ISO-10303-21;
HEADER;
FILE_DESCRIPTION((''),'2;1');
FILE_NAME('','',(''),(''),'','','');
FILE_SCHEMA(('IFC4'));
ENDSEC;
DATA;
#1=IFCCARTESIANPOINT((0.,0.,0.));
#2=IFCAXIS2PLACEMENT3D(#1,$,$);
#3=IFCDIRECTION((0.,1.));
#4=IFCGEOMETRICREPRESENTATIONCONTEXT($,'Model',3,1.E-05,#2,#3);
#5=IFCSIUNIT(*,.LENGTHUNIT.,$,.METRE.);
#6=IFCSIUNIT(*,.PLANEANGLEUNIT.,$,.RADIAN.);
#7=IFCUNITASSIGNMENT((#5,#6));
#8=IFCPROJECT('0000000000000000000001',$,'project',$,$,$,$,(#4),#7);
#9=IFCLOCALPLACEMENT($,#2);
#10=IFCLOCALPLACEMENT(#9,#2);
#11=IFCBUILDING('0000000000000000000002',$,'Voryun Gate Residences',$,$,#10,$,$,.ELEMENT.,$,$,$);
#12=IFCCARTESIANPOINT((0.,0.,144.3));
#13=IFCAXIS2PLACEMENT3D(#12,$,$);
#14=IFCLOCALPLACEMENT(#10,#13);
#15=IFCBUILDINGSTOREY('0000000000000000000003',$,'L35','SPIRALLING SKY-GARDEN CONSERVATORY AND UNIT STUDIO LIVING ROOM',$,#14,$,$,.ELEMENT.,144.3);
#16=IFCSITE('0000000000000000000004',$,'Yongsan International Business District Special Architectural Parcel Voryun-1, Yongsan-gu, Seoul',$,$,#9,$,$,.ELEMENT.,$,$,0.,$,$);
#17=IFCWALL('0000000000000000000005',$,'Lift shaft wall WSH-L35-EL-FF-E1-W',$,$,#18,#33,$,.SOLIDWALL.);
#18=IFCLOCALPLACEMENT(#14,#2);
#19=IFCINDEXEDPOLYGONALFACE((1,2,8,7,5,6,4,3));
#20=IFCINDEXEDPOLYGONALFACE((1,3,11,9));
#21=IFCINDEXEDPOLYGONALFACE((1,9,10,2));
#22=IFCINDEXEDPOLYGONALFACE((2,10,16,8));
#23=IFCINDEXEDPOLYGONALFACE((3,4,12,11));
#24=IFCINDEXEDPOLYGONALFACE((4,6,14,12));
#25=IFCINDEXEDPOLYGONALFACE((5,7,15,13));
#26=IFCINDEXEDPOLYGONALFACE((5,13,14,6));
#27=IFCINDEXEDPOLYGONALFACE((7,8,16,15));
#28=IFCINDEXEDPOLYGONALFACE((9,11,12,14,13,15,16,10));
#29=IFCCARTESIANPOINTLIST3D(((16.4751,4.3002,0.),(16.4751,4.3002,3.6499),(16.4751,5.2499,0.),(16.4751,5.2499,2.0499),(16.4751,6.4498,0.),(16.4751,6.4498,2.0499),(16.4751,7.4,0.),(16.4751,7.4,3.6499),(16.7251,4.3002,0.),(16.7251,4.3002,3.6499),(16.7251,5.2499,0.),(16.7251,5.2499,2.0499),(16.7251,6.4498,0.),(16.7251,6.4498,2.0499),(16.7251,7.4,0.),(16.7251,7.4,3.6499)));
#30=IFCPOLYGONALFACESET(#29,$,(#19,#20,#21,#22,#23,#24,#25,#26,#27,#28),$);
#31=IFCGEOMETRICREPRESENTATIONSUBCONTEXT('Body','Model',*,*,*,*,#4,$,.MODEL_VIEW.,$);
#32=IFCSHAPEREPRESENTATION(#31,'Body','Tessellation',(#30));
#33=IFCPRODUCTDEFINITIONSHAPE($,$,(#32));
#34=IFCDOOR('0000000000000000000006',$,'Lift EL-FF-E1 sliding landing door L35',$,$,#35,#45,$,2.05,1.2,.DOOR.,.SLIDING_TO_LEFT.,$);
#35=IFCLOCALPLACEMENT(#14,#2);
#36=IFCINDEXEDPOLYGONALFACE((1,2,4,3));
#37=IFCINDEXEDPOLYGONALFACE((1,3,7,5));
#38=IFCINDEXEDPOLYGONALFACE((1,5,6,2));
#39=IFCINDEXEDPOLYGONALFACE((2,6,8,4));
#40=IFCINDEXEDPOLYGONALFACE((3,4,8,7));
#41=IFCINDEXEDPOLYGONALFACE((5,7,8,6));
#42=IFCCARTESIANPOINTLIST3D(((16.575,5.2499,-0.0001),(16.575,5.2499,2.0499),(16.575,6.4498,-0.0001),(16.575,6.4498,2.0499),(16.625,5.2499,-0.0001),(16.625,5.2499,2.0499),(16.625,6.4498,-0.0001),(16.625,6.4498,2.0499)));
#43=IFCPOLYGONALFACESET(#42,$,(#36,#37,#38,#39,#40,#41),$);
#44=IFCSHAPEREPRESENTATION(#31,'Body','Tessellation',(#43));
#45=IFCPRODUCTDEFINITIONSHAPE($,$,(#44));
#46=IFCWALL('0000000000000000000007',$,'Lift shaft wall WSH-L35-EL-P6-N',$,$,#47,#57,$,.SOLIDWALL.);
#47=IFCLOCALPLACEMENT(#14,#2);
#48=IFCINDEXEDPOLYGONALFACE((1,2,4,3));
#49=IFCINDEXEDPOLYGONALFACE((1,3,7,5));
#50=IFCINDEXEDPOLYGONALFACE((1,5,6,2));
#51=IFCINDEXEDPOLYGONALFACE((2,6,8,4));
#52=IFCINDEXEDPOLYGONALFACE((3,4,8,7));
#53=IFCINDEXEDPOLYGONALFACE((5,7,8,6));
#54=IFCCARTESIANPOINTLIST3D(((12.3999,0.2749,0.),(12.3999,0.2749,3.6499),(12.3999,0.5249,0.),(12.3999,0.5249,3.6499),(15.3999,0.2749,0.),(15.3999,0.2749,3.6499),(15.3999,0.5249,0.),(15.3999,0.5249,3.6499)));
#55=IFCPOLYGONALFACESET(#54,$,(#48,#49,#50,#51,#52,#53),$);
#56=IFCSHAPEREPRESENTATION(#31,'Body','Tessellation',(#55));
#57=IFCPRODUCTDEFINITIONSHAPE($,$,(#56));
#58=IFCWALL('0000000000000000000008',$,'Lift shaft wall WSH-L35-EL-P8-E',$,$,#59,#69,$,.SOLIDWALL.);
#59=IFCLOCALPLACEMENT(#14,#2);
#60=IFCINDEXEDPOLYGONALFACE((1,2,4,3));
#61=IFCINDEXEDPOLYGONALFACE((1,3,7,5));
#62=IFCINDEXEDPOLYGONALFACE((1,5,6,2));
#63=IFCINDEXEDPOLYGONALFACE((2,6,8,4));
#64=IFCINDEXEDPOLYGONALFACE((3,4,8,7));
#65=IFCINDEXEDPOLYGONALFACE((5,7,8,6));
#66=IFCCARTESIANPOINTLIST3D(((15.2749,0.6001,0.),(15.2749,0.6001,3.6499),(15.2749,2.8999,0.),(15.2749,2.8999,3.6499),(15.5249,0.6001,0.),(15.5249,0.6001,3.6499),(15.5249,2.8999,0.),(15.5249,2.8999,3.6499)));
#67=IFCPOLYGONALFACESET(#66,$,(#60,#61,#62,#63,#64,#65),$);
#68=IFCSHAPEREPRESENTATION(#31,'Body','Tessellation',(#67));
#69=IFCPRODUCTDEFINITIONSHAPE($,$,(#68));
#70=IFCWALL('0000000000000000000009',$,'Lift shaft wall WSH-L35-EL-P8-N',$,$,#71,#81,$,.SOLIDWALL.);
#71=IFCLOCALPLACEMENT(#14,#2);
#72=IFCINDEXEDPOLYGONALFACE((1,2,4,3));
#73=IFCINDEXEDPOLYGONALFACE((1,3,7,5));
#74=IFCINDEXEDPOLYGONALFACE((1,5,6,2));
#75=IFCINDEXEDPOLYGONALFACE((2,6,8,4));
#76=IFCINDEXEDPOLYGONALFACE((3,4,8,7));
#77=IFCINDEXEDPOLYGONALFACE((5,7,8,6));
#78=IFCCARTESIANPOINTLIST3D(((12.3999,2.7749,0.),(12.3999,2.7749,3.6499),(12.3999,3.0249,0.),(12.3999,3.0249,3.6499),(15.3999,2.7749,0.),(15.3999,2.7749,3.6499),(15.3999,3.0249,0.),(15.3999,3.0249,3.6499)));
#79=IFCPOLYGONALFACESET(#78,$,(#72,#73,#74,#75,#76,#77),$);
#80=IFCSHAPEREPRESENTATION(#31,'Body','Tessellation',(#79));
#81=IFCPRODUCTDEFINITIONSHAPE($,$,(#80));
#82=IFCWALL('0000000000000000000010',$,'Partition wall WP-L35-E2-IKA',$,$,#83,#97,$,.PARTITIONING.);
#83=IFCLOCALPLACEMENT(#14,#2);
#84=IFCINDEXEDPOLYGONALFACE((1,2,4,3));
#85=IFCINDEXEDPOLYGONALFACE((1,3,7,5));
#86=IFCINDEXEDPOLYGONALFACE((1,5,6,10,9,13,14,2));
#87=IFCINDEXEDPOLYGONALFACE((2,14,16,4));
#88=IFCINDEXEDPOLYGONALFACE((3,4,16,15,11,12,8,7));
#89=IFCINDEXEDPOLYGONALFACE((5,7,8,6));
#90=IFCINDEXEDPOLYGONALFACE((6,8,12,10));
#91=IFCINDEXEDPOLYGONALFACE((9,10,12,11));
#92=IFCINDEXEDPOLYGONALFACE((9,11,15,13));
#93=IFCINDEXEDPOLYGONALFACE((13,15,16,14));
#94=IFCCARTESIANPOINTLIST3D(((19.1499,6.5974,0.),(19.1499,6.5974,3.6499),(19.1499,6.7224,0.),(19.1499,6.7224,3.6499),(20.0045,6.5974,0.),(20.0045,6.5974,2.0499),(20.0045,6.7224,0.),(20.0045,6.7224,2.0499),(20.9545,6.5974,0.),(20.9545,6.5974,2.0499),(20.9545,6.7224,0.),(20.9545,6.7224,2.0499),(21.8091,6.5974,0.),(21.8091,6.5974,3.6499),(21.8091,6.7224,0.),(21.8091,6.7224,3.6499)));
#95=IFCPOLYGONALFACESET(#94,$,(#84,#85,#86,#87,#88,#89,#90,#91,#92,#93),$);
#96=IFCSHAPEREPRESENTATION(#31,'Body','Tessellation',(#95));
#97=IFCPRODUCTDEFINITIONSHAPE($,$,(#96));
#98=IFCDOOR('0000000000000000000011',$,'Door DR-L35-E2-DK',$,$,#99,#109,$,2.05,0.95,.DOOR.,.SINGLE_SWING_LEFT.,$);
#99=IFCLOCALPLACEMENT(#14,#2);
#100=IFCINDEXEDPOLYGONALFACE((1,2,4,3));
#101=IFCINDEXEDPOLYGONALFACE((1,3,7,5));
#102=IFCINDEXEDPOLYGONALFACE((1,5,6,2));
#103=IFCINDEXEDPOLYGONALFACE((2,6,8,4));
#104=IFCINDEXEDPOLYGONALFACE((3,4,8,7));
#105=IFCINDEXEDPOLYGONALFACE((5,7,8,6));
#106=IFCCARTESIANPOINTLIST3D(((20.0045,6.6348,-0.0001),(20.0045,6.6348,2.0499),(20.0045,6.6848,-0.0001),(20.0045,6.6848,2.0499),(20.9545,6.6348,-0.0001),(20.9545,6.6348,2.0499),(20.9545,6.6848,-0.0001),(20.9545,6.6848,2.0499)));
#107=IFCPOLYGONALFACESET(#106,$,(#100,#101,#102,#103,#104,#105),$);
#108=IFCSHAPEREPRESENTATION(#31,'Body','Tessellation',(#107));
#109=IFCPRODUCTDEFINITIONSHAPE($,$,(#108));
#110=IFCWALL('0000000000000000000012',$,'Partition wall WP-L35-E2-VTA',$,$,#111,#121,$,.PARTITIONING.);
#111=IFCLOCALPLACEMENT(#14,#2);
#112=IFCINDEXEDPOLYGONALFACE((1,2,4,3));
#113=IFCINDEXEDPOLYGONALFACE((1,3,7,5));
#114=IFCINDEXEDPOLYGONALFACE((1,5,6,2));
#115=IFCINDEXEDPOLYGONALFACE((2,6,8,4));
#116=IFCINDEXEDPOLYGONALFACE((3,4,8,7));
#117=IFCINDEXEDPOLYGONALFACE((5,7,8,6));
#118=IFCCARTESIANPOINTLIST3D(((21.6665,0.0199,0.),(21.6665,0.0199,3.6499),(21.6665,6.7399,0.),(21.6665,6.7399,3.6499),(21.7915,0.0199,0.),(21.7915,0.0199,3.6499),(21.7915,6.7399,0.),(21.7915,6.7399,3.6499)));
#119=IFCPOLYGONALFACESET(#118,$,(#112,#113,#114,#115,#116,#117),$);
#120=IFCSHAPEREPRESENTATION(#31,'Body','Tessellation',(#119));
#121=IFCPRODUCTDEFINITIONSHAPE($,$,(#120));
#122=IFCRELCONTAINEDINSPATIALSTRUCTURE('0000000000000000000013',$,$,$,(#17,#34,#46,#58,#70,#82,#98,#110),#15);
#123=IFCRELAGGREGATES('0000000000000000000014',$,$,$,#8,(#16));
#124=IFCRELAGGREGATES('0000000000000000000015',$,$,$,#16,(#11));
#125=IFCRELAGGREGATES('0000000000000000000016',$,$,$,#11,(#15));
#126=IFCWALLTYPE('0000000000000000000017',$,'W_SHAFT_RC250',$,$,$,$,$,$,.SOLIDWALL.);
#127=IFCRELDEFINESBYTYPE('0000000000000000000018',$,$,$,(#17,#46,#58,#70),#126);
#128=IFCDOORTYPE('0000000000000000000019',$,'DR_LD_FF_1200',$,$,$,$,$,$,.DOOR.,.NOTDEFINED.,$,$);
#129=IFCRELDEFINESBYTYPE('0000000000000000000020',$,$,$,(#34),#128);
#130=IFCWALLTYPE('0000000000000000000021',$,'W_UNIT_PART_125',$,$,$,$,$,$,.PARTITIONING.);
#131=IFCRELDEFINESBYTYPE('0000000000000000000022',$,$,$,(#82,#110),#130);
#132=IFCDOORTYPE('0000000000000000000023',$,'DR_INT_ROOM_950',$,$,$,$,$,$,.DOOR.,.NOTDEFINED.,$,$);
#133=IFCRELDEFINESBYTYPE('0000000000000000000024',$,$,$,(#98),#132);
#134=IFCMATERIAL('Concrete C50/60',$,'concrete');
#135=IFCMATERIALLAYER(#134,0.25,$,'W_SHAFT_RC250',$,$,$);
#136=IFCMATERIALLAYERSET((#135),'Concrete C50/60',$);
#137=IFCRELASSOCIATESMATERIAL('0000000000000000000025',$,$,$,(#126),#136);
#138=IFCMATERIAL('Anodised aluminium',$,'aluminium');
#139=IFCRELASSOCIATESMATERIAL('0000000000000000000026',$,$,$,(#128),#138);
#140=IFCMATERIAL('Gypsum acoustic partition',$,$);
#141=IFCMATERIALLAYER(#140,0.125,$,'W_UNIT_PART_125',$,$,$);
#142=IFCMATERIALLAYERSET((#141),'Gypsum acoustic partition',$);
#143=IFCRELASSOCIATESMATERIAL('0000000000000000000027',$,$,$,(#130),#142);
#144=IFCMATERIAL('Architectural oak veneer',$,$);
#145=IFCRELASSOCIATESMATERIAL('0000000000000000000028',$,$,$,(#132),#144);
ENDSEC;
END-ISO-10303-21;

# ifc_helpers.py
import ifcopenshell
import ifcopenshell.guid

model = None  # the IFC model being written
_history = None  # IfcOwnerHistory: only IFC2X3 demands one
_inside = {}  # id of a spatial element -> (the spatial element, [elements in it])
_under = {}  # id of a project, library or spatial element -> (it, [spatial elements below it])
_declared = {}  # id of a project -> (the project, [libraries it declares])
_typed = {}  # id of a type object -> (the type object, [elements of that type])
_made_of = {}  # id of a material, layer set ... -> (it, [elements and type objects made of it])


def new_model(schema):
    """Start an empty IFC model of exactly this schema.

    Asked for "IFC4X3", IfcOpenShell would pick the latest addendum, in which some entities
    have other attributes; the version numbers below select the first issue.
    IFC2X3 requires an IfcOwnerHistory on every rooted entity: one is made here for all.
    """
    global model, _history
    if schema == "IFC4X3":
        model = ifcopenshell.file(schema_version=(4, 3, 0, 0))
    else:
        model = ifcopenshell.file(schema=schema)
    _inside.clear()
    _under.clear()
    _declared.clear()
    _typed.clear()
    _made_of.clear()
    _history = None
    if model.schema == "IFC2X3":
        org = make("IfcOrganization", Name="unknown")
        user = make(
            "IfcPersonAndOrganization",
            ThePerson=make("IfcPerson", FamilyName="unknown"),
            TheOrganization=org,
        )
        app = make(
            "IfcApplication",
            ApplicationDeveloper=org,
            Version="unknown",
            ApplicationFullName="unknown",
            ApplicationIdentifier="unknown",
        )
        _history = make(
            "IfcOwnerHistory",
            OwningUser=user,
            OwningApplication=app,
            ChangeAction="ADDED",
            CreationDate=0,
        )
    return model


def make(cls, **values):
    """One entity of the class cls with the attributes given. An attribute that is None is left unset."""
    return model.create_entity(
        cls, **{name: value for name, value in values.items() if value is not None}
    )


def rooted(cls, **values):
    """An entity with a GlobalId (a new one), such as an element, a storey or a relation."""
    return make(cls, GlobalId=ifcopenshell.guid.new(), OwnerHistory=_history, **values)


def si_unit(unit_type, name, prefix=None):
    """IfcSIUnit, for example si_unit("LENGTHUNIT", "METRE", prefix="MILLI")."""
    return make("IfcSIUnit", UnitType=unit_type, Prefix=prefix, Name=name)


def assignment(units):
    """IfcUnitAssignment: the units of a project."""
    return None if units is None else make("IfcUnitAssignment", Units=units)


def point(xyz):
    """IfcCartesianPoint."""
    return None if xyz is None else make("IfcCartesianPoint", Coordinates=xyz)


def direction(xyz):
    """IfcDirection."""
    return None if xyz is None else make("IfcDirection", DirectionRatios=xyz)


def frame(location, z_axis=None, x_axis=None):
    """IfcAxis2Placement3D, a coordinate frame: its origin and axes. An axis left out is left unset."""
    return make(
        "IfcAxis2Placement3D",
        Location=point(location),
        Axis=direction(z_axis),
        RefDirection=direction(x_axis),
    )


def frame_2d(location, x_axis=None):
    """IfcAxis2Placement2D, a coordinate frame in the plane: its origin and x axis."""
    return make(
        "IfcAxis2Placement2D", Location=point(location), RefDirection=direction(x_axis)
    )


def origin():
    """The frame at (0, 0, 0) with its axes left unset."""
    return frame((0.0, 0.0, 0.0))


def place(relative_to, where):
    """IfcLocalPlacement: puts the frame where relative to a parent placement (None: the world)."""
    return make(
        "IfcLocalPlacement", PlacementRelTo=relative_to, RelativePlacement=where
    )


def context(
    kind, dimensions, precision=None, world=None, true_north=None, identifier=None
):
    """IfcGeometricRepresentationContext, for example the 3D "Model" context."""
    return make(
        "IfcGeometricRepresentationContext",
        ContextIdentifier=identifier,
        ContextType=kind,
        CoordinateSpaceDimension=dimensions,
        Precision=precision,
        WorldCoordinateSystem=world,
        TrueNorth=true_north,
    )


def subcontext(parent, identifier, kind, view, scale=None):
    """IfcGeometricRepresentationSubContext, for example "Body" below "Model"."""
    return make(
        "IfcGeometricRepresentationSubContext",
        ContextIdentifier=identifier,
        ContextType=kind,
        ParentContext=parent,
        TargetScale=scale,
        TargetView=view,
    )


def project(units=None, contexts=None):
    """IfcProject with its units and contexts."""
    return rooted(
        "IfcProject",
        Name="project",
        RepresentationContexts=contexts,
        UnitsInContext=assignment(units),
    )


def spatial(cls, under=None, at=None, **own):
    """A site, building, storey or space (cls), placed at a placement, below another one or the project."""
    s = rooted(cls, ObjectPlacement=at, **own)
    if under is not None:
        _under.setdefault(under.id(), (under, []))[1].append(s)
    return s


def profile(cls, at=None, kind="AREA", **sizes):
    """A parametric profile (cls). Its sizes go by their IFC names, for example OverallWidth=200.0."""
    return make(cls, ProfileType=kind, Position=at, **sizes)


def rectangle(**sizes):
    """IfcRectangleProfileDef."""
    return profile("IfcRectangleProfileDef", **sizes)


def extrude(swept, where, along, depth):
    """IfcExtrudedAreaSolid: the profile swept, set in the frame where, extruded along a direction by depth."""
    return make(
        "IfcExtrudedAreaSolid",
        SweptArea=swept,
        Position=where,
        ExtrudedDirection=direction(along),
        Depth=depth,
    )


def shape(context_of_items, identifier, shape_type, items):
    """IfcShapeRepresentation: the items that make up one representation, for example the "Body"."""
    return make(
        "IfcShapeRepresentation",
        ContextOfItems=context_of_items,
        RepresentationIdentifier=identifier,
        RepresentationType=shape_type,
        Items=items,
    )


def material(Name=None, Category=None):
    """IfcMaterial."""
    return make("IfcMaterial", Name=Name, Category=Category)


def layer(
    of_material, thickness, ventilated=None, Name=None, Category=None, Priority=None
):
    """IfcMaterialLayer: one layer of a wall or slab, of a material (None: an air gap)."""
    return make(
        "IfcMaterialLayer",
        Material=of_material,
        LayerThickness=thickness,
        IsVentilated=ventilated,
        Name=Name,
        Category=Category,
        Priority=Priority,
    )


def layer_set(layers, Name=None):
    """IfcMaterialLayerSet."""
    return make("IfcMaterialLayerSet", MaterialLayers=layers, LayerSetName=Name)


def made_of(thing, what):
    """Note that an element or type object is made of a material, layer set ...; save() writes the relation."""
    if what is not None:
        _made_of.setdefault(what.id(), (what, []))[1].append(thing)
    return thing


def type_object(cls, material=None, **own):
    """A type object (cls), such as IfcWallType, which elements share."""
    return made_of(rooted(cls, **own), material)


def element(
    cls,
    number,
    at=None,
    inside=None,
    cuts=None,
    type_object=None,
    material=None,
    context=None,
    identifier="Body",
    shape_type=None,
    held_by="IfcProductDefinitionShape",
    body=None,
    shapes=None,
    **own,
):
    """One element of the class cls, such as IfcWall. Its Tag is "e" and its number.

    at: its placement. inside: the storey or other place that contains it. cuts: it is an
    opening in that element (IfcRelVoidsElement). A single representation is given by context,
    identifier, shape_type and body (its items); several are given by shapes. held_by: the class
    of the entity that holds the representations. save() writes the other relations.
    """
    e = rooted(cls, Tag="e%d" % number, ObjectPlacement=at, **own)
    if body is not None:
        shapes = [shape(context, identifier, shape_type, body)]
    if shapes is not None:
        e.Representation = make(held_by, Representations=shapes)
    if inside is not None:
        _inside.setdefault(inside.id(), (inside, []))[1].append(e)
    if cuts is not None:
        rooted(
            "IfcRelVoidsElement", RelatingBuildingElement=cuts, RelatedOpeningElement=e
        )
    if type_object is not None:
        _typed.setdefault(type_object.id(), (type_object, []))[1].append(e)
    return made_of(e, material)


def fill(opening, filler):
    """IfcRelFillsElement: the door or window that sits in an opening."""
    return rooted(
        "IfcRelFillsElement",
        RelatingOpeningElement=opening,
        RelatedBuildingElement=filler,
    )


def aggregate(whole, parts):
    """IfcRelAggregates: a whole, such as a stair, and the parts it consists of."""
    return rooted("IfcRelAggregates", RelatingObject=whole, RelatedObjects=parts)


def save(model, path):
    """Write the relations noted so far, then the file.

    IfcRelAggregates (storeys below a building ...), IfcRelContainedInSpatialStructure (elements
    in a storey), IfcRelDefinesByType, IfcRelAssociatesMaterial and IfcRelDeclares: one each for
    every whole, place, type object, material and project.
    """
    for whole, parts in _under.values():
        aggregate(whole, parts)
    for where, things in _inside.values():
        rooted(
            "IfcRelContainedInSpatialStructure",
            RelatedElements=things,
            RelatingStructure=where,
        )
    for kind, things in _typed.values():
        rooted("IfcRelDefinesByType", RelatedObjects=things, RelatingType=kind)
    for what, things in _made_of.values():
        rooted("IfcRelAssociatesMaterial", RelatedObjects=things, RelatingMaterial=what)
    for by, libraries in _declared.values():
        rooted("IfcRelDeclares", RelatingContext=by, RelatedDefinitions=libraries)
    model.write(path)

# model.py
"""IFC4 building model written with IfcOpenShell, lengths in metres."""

from ifc_helpers import new_model, si_unit, direction, frame, frame_2d, origin, place, context, subcontext, project, spatial, rectangle, extrude, material, layer, layer_set, type_object, element, fill, save


model = new_model("IFC4")

# Units and contexts
model_context = context("Model", 3, precision=1e-05, world=origin(), true_north=direction((0.0, 1.0)))
body_context = subcontext(model_context, "Body", "Model", "MODEL_VIEW")
ifc_project = project(units=[si_unit("LENGTHUNIT", "METRE"), si_unit("PLANEANGLEUNIT", "RADIAN")], contexts=[model_context])

# Site, building, storey
site_placement = place(None, origin())
site = spatial("IfcSite", under=ifc_project, at=site_placement, Name="Yongsan International Business District Special Architectural Parcel Voryun-1, Yongsan-gu, Seoul", CompositionType="ELEMENT", RefElevation=0.0)
building_placement = place(site_placement, origin())
building = spatial("IfcBuilding", under=site, at=building_placement, Name="Voryun Gate Residences", CompositionType="ELEMENT")
storey_placement = place(building_placement, frame((0.0, 0.0, 144.3)))
storey = spatial("IfcBuildingStorey", under=building, at=storey_placement, Name="L35", Description="SPIRALLING SKY-GARDEN CONSERVATORY AND UNIT STUDIO LIVING ROOM", CompositionType="ELEMENT", Elevation=144.3)

# Shared definitions
ifc_material_1 = material(Name="Concrete C50/60", Category="concrete")
ifc_layer_1 = layer(ifc_material_1, 0.25, Name="W_SHAFT_RC250")
ifc_layer_set_1 = layer_set([ifc_layer_1], Name="Concrete C50/60")
wall_type_1 = type_object("IfcWallType", Name="W_SHAFT_RC250", PredefinedType="SOLIDWALL", material=ifc_layer_set_1)

# Wall, opening, door
wall_1_placement = place(storey_placement, frame((16.6001, 7.3999, 0.0), z_axis=(0.0, 0.0, 1.0), x_axis=(0.0, -1.0, 0.0)))
wall_1 = element("IfcWall", 1, at=wall_1_placement, inside=storey, type_object=wall_type_1, Name="Lift shaft wall WSH-L35-EL-FF-E1-W", PredefinedType="SOLIDWALL", context=body_context, shape_type="SweptSolid", body=[
    extrude(rectangle(XDim=3.0999, YDim=0.25, at=frame_2d((1.5498, 0.0))), origin(), (0.0, 0.0, 1.0), 3.6499),
])
opening_1_placement = place(wall_1_placement, frame((0.95, 0.0, 0.0)))
opening_1 = element("IfcOpeningElement", 2, at=opening_1_placement, cuts=wall_1, PredefinedType="OPENING", context=body_context, shape_type="SweptSolid", body=[
    extrude(rectangle(XDim=1.2, YDim=2.05, at=frame_2d((0.6001, 1.0249))), frame((0.0, 0.135, 0.0), z_axis=(0.0, -1.0, 0.0), x_axis=(1.0, 0.0, 0.0)), (0.0, 0.0, 1.0), 0.27),
])
ifc_material_2 = material(Name="Anodised aluminium", Category="aluminium")
door_type_1 = type_object("IfcDoorType", Name="DR_LD_FF_1200", OperationType="NOTDEFINED", PredefinedType="DOOR", material=ifc_material_2)
door_1_placement = place(opening_1_placement, origin())
door_1 = element("IfcDoor", 3, at=door_1_placement, inside=storey, type_object=door_type_1, Name="Lift EL-FF-E1 sliding landing door L35", OperationType="SLIDING_TO_LEFT", OverallHeight=2.05, OverallWidth=1.2, PredefinedType="DOOR", context=body_context, shape_type="SweptSolid", body=[
    extrude(rectangle(XDim=1.2, YDim=2.05, at=frame_2d((0.6001, 1.0249))), frame((0.0, 0.0249, 0.0), z_axis=(0.0, -1.0, 0.0), x_axis=(1.0, 0.0, 0.0)), (0.0, 0.0, 1.0), 0.05),
])
fill(opening_1, door_1)

# Walls
wall_2_placement = place(storey_placement, frame((15.3999, 0.3999, 0.0), z_axis=(0.0, 0.0, 1.0), x_axis=(-1.0, 0.0, 0.0)))
element("IfcWall", 4, at=wall_2_placement, inside=storey, type_object=wall_type_1, Name="Lift shaft wall WSH-L35-EL-P6-N", PredefinedType="SOLIDWALL", context=body_context, shape_type="SweptSolid", body=[
    extrude(rectangle(XDim=3.0, YDim=0.25, at=frame_2d((1.5, 0.0))), origin(), (0.0, 0.0, 1.0), 3.6499),
])
wall_3_placement = place(storey_placement, frame((15.3999, 0.6001, 0.0), z_axis=(0.0, 0.0, 1.0), x_axis=(0.0, 1.0, 0.0)))
element("IfcWall", 5, at=wall_3_placement, inside=storey, type_object=wall_type_1, Name="Lift shaft wall WSH-L35-EL-P8-E", PredefinedType="SOLIDWALL", context=body_context, shape_type="SweptSolid", body=[
    extrude(rectangle(XDim=2.2998, YDim=0.25, at=frame_2d((1.1499, 0.0))), origin(), (0.0, 0.0, 1.0), 3.6499),
])
wall_4_placement = place(storey_placement, frame((15.3999, 2.8999, 0.0), z_axis=(0.0, 0.0, 1.0), x_axis=(-1.0, 0.0, 0.0)))
element("IfcWall", 6, at=wall_4_placement, inside=storey, type_object=wall_type_1, Name="Lift shaft wall WSH-L35-EL-P8-N", PredefinedType="SOLIDWALL", context=body_context, shape_type="SweptSolid", body=[
    extrude(rectangle(XDim=3.0, YDim=0.25, at=frame_2d((1.5, 0.0))), origin(), (0.0, 0.0, 1.0), 3.6499),
])

# Wall, opening, door
ifc_material_3 = material(Name="Gypsum acoustic partition")
ifc_layer_2 = layer(ifc_material_3, 0.125, Name="W_UNIT_PART_125")
ifc_layer_set_2 = layer_set([ifc_layer_2], Name="Gypsum acoustic partition")
wall_type_2 = type_object("IfcWallType", Name="W_UNIT_PART_125", PredefinedType="PARTITIONING", material=ifc_layer_set_2)
wall_5_placement = place(storey_placement, frame((19.1499, 6.6599, 0.0), z_axis=(0.0, 0.0, 1.0), x_axis=(1.0, 0.0, 0.0)))
wall_5 = element("IfcWall", 7, at=wall_5_placement, inside=storey, type_object=wall_type_2, Name="Partition wall WP-L35-E2-IKA", PredefinedType="PARTITIONING", context=body_context, shape_type="SweptSolid", body=[
    extrude(rectangle(XDim=2.6592, YDim=0.125, at=frame_2d((1.3296, 0.0))), origin(), (0.0, 0.0, 1.0), 3.6499),
])
opening_2_placement = place(wall_5_placement, frame((0.8545, 0.0, 0.0)))
opening_2 = element("IfcOpeningElement", 8, at=opening_2_placement, cuts=wall_5, PredefinedType="OPENING", context=body_context, shape_type="SweptSolid", body=[
    extrude(rectangle(XDim=0.95, YDim=2.05, at=frame_2d((0.4751, 1.0249))), frame((0.0, 0.0725, 0.0), z_axis=(0.0, -1.0, 0.0), x_axis=(1.0, 0.0, 0.0)), (0.0, 0.0, 1.0), 0.145),
])
ifc_material_4 = material(Name="Architectural oak veneer")
door_type_2 = type_object("IfcDoorType", Name="DR_INT_ROOM_950", OperationType="NOTDEFINED", PredefinedType="DOOR", material=ifc_material_4)
door_2_placement = place(opening_2_placement, origin())
door_2 = element("IfcDoor", 9, at=door_2_placement, inside=storey, type_object=door_type_2, Name="Door DR-L35-E2-DK", OperationType="SINGLE_SWING_LEFT", OverallHeight=2.05, OverallWidth=0.95, PredefinedType="DOOR", context=body_context, shape_type="SweptSolid", body=[
    extrude(rectangle(XDim=0.95, YDim=2.05, at=frame_2d((0.4751, 1.0249))), frame((0.0, 0.0249, 0.0), z_axis=(0.0, -1.0, 0.0), x_axis=(1.0, 0.0, 0.0)), (0.0, 0.0, 1.0), 0.05),
])
fill(opening_2, door_2)

# Wall
wall_6_placement = place(storey_placement, frame((21.729, 0.02, 0.0), z_axis=(0.0, 0.0, 1.0), x_axis=(0.0, 1.0, 0.0)))
element("IfcWall", 10, at=wall_6_placement, inside=storey, type_object=wall_type_2, Name="Partition wall WP-L35-E2-VTA", PredefinedType="PARTITIONING", context=body_context, shape_type="SweptSolid", body=[
    extrude(rectangle(XDim=6.72, YDim=0.125, at=frame_2d((3.3599, 0.0))), origin(), (0.0, 0.0, 1.0), 3.6499),
])

save(model, "model.ifc")
